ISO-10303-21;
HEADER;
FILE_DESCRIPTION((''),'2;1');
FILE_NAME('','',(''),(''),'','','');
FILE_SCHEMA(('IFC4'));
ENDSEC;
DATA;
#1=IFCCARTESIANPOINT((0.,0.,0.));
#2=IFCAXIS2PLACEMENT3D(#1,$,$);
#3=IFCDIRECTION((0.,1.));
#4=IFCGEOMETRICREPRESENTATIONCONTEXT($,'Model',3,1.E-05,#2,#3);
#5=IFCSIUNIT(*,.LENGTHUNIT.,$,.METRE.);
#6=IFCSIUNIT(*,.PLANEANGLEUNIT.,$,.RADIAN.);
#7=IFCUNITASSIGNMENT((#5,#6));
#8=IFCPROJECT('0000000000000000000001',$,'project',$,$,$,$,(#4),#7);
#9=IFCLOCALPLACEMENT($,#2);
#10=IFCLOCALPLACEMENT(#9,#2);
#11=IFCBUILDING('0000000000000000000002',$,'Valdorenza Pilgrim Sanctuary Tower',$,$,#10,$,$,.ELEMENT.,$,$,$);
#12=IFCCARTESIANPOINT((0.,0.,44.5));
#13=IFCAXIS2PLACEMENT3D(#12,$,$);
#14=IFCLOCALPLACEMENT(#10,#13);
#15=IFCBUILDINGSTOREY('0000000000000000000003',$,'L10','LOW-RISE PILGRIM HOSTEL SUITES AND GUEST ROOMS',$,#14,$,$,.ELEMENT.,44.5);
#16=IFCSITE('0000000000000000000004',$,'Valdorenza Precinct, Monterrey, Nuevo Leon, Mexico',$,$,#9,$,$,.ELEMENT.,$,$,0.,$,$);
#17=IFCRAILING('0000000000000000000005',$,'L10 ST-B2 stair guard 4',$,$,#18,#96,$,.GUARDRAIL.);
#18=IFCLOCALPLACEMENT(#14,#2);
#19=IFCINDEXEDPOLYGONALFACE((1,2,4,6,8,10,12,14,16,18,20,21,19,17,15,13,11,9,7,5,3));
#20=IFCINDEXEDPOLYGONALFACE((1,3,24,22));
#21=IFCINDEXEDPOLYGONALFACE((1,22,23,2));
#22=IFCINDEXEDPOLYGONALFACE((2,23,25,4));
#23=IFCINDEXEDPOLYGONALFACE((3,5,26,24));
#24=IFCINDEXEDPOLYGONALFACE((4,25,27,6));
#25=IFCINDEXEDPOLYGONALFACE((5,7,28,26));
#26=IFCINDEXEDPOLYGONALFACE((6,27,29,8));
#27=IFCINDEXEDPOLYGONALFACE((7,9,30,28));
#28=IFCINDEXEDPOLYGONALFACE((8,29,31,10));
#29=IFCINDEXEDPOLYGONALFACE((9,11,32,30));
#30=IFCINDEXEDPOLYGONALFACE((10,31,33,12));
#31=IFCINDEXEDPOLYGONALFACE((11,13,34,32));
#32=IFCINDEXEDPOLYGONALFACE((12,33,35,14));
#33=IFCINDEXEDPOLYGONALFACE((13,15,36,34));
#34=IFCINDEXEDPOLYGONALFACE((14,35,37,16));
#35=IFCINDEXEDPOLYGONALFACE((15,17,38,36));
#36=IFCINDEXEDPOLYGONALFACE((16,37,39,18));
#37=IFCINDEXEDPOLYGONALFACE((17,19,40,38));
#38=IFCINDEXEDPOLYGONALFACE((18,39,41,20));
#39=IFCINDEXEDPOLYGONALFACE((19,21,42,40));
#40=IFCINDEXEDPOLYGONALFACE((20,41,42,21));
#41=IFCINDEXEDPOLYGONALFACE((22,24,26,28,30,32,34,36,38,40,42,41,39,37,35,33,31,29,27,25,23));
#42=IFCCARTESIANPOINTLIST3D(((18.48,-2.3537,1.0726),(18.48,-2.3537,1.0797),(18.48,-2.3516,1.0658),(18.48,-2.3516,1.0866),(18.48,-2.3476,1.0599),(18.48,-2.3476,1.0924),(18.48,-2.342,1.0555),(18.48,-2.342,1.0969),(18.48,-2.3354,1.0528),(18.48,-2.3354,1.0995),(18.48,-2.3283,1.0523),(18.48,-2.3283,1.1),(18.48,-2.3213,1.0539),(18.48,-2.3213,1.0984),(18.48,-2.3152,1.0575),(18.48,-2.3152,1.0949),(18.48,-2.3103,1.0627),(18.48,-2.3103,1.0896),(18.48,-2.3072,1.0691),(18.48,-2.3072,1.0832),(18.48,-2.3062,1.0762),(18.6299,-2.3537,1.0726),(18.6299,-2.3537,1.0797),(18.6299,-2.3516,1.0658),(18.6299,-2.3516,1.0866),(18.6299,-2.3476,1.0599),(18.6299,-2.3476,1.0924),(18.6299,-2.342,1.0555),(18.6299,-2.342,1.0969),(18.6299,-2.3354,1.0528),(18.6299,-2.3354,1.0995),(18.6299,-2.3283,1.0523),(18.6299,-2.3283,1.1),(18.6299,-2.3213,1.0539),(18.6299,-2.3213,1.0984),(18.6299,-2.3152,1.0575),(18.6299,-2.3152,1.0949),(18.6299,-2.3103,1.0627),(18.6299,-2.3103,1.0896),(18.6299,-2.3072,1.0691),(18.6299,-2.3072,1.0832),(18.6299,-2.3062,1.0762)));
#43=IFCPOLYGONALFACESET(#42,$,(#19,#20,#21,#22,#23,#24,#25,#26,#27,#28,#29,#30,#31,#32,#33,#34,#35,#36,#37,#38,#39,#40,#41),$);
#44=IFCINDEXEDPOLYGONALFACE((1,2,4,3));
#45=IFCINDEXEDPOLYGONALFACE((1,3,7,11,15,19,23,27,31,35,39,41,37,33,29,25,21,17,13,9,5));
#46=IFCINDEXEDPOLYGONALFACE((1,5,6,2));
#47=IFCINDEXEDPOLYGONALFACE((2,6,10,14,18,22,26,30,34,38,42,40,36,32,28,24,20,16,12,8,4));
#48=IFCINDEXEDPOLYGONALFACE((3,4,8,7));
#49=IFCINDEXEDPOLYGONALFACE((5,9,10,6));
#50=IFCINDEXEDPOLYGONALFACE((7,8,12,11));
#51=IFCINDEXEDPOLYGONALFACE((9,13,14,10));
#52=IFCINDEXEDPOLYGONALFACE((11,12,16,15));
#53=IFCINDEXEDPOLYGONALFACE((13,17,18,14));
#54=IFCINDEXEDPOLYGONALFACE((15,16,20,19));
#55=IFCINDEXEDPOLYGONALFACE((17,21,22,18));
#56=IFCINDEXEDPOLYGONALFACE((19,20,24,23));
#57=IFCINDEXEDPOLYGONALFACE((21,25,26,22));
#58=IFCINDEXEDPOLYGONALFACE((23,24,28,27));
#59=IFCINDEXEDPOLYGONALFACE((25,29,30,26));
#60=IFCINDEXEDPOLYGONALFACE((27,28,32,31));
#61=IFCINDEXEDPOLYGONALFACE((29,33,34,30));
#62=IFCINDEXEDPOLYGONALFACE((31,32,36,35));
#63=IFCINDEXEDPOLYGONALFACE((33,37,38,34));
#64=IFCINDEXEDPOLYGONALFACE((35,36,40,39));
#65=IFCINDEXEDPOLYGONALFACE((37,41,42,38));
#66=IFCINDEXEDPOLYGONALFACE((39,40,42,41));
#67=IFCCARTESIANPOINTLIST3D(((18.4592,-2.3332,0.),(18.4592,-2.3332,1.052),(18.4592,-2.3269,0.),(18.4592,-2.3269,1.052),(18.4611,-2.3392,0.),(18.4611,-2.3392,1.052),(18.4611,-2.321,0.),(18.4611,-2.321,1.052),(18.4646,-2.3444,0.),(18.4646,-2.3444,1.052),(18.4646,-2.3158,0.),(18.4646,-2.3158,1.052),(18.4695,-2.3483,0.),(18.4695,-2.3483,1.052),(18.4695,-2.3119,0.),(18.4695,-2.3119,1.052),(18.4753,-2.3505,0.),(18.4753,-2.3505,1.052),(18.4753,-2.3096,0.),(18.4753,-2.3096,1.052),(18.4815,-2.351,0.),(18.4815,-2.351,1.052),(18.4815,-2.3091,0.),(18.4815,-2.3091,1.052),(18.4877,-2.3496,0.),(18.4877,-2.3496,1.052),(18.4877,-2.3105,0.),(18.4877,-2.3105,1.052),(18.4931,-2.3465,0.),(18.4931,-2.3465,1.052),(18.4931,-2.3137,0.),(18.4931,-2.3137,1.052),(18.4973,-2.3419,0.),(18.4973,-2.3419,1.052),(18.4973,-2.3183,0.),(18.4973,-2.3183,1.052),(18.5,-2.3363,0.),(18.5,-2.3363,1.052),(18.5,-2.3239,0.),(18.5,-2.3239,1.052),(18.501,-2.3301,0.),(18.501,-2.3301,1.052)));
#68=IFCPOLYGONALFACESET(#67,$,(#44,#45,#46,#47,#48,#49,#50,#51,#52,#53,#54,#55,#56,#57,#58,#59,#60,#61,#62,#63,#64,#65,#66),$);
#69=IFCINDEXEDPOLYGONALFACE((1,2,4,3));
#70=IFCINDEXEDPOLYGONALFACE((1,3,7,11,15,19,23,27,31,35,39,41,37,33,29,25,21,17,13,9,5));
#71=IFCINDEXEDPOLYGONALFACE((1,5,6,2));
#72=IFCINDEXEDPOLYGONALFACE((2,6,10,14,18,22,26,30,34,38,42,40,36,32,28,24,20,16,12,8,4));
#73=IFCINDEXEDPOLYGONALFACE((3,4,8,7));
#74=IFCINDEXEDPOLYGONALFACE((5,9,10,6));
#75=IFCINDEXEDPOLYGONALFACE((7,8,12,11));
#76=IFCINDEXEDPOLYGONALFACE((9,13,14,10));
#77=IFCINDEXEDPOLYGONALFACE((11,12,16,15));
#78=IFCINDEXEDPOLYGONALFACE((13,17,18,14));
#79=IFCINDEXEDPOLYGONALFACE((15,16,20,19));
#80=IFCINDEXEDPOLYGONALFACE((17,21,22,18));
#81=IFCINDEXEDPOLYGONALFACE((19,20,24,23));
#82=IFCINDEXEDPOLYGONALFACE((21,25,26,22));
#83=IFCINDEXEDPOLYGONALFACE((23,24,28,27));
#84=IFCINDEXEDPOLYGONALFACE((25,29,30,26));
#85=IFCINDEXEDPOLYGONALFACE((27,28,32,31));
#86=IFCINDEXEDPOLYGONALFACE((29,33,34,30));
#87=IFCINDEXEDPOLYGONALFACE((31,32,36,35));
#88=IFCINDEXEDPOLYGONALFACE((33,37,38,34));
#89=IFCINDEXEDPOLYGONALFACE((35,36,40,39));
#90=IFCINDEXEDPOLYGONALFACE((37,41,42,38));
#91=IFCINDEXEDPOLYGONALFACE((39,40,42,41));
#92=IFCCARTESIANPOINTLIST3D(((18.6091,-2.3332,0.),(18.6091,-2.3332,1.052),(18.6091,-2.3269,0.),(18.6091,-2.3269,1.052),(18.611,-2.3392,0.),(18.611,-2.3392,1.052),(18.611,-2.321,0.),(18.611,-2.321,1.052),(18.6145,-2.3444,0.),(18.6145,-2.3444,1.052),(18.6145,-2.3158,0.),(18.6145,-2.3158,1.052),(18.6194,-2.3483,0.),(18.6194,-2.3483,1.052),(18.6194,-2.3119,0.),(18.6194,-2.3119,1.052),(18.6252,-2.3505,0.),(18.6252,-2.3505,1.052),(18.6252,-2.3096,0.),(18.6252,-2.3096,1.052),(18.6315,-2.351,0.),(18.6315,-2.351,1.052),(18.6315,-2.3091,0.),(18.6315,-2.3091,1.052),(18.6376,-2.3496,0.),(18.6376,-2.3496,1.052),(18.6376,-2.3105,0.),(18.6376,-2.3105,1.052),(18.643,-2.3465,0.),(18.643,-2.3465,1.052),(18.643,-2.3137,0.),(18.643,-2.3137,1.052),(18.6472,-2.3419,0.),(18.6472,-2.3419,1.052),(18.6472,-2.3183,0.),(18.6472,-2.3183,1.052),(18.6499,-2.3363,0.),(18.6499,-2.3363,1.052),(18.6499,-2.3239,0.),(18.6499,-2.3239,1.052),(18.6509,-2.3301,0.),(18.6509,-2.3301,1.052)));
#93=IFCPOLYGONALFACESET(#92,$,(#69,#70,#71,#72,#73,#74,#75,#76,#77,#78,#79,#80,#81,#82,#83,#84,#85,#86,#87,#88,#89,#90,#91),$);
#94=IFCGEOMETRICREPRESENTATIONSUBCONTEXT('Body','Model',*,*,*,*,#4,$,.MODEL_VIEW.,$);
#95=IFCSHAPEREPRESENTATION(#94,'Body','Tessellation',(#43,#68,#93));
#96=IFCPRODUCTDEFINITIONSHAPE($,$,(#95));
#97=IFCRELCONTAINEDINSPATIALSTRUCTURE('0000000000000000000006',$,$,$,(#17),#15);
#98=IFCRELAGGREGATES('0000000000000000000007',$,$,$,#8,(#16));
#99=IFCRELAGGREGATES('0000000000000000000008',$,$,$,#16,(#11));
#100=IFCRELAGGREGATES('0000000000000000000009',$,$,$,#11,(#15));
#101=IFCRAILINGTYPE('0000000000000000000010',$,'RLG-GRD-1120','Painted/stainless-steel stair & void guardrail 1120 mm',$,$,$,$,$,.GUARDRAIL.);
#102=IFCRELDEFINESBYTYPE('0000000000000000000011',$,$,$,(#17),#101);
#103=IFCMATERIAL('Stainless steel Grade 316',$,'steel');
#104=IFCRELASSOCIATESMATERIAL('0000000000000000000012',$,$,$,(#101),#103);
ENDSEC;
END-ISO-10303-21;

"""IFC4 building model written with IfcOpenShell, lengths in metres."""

from ifc_helpers import new_model, si_unit, direction, frame, origin, origin_2d, place, context, subcontext, project, spatial, circle, extrude, material, type_object, element, save


model = new_model("IFC4")

# Units and contexts
model_context = context("Model", 3, precision=1e-05, world=origin(), true_north=direction((0.0, 1.0)))
body_context = subcontext(model_context, "Body", "Model", "MODEL_VIEW")
ifc_project = project(units=[si_unit("LENGTHUNIT", "METRE"), si_unit("PLANEANGLEUNIT", "RADIAN")], contexts=[model_context])

# Site, building, storey
site_placement = place(None, origin())
site = spatial("IfcSite", under=ifc_project, at=site_placement, Name="Valdorenza Precinct, Monterrey, Nuevo Leon, Mexico", CompositionType="ELEMENT", RefElevation=0.0)
building_placement = place(site_placement, origin())
building = spatial("IfcBuilding", under=site, at=building_placement, Name="Valdorenza Pilgrim Sanctuary Tower", CompositionType="ELEMENT")
storey_placement = place(building_placement, frame((0.0, 0.0, 44.5)))
storey = spatial("IfcBuildingStorey", under=building, at=storey_placement, Name="L10", Description="LOW-RISE PILGRIM HOSTEL SUITES AND GUEST ROOMS", CompositionType="ELEMENT", Elevation=44.5)

# Railing
ifc_material_1 = material(Name="Stainless steel Grade 316", Category="steel")
railing_type_1 = type_object("IfcRailingType", Name="RLG-GRD-1120", Description="Painted/stainless-steel stair & void guardrail 1120 mm", PredefinedType="GUARDRAIL", material=ifc_material_1)
railing_1_placement = place(storey_placement, frame((18.48, -2.3301, 0.0)))
element("IfcRailing", 1, at=railing_1_placement, inside=storey, type_object=railing_type_1, Name="L10 ST-B2 stair guard 4", PredefinedType="GUARDRAIL", context=body_context, shape_type="SweptSolid", body=[
    extrude(circle(Radius=0.0239, at=origin_2d()), frame((0.0, 0.0, 1.0762), z_axis=(1.0, 0.0, 0.0), x_axis=(0.0, 1.0, 0.0)), (0.0, 0.0, 1.0), 0.1499),
    extrude(circle(Radius=0.021, at=origin_2d()), origin(), (0.0, 0.0, 1.0), 1.052),
    extrude(circle(Radius=0.021, at=origin_2d()), frame((0.1499, 0.0, 0.0)), (0.0, 0.0, 1.0), 1.052),
])

save(model, "model.ifc")
